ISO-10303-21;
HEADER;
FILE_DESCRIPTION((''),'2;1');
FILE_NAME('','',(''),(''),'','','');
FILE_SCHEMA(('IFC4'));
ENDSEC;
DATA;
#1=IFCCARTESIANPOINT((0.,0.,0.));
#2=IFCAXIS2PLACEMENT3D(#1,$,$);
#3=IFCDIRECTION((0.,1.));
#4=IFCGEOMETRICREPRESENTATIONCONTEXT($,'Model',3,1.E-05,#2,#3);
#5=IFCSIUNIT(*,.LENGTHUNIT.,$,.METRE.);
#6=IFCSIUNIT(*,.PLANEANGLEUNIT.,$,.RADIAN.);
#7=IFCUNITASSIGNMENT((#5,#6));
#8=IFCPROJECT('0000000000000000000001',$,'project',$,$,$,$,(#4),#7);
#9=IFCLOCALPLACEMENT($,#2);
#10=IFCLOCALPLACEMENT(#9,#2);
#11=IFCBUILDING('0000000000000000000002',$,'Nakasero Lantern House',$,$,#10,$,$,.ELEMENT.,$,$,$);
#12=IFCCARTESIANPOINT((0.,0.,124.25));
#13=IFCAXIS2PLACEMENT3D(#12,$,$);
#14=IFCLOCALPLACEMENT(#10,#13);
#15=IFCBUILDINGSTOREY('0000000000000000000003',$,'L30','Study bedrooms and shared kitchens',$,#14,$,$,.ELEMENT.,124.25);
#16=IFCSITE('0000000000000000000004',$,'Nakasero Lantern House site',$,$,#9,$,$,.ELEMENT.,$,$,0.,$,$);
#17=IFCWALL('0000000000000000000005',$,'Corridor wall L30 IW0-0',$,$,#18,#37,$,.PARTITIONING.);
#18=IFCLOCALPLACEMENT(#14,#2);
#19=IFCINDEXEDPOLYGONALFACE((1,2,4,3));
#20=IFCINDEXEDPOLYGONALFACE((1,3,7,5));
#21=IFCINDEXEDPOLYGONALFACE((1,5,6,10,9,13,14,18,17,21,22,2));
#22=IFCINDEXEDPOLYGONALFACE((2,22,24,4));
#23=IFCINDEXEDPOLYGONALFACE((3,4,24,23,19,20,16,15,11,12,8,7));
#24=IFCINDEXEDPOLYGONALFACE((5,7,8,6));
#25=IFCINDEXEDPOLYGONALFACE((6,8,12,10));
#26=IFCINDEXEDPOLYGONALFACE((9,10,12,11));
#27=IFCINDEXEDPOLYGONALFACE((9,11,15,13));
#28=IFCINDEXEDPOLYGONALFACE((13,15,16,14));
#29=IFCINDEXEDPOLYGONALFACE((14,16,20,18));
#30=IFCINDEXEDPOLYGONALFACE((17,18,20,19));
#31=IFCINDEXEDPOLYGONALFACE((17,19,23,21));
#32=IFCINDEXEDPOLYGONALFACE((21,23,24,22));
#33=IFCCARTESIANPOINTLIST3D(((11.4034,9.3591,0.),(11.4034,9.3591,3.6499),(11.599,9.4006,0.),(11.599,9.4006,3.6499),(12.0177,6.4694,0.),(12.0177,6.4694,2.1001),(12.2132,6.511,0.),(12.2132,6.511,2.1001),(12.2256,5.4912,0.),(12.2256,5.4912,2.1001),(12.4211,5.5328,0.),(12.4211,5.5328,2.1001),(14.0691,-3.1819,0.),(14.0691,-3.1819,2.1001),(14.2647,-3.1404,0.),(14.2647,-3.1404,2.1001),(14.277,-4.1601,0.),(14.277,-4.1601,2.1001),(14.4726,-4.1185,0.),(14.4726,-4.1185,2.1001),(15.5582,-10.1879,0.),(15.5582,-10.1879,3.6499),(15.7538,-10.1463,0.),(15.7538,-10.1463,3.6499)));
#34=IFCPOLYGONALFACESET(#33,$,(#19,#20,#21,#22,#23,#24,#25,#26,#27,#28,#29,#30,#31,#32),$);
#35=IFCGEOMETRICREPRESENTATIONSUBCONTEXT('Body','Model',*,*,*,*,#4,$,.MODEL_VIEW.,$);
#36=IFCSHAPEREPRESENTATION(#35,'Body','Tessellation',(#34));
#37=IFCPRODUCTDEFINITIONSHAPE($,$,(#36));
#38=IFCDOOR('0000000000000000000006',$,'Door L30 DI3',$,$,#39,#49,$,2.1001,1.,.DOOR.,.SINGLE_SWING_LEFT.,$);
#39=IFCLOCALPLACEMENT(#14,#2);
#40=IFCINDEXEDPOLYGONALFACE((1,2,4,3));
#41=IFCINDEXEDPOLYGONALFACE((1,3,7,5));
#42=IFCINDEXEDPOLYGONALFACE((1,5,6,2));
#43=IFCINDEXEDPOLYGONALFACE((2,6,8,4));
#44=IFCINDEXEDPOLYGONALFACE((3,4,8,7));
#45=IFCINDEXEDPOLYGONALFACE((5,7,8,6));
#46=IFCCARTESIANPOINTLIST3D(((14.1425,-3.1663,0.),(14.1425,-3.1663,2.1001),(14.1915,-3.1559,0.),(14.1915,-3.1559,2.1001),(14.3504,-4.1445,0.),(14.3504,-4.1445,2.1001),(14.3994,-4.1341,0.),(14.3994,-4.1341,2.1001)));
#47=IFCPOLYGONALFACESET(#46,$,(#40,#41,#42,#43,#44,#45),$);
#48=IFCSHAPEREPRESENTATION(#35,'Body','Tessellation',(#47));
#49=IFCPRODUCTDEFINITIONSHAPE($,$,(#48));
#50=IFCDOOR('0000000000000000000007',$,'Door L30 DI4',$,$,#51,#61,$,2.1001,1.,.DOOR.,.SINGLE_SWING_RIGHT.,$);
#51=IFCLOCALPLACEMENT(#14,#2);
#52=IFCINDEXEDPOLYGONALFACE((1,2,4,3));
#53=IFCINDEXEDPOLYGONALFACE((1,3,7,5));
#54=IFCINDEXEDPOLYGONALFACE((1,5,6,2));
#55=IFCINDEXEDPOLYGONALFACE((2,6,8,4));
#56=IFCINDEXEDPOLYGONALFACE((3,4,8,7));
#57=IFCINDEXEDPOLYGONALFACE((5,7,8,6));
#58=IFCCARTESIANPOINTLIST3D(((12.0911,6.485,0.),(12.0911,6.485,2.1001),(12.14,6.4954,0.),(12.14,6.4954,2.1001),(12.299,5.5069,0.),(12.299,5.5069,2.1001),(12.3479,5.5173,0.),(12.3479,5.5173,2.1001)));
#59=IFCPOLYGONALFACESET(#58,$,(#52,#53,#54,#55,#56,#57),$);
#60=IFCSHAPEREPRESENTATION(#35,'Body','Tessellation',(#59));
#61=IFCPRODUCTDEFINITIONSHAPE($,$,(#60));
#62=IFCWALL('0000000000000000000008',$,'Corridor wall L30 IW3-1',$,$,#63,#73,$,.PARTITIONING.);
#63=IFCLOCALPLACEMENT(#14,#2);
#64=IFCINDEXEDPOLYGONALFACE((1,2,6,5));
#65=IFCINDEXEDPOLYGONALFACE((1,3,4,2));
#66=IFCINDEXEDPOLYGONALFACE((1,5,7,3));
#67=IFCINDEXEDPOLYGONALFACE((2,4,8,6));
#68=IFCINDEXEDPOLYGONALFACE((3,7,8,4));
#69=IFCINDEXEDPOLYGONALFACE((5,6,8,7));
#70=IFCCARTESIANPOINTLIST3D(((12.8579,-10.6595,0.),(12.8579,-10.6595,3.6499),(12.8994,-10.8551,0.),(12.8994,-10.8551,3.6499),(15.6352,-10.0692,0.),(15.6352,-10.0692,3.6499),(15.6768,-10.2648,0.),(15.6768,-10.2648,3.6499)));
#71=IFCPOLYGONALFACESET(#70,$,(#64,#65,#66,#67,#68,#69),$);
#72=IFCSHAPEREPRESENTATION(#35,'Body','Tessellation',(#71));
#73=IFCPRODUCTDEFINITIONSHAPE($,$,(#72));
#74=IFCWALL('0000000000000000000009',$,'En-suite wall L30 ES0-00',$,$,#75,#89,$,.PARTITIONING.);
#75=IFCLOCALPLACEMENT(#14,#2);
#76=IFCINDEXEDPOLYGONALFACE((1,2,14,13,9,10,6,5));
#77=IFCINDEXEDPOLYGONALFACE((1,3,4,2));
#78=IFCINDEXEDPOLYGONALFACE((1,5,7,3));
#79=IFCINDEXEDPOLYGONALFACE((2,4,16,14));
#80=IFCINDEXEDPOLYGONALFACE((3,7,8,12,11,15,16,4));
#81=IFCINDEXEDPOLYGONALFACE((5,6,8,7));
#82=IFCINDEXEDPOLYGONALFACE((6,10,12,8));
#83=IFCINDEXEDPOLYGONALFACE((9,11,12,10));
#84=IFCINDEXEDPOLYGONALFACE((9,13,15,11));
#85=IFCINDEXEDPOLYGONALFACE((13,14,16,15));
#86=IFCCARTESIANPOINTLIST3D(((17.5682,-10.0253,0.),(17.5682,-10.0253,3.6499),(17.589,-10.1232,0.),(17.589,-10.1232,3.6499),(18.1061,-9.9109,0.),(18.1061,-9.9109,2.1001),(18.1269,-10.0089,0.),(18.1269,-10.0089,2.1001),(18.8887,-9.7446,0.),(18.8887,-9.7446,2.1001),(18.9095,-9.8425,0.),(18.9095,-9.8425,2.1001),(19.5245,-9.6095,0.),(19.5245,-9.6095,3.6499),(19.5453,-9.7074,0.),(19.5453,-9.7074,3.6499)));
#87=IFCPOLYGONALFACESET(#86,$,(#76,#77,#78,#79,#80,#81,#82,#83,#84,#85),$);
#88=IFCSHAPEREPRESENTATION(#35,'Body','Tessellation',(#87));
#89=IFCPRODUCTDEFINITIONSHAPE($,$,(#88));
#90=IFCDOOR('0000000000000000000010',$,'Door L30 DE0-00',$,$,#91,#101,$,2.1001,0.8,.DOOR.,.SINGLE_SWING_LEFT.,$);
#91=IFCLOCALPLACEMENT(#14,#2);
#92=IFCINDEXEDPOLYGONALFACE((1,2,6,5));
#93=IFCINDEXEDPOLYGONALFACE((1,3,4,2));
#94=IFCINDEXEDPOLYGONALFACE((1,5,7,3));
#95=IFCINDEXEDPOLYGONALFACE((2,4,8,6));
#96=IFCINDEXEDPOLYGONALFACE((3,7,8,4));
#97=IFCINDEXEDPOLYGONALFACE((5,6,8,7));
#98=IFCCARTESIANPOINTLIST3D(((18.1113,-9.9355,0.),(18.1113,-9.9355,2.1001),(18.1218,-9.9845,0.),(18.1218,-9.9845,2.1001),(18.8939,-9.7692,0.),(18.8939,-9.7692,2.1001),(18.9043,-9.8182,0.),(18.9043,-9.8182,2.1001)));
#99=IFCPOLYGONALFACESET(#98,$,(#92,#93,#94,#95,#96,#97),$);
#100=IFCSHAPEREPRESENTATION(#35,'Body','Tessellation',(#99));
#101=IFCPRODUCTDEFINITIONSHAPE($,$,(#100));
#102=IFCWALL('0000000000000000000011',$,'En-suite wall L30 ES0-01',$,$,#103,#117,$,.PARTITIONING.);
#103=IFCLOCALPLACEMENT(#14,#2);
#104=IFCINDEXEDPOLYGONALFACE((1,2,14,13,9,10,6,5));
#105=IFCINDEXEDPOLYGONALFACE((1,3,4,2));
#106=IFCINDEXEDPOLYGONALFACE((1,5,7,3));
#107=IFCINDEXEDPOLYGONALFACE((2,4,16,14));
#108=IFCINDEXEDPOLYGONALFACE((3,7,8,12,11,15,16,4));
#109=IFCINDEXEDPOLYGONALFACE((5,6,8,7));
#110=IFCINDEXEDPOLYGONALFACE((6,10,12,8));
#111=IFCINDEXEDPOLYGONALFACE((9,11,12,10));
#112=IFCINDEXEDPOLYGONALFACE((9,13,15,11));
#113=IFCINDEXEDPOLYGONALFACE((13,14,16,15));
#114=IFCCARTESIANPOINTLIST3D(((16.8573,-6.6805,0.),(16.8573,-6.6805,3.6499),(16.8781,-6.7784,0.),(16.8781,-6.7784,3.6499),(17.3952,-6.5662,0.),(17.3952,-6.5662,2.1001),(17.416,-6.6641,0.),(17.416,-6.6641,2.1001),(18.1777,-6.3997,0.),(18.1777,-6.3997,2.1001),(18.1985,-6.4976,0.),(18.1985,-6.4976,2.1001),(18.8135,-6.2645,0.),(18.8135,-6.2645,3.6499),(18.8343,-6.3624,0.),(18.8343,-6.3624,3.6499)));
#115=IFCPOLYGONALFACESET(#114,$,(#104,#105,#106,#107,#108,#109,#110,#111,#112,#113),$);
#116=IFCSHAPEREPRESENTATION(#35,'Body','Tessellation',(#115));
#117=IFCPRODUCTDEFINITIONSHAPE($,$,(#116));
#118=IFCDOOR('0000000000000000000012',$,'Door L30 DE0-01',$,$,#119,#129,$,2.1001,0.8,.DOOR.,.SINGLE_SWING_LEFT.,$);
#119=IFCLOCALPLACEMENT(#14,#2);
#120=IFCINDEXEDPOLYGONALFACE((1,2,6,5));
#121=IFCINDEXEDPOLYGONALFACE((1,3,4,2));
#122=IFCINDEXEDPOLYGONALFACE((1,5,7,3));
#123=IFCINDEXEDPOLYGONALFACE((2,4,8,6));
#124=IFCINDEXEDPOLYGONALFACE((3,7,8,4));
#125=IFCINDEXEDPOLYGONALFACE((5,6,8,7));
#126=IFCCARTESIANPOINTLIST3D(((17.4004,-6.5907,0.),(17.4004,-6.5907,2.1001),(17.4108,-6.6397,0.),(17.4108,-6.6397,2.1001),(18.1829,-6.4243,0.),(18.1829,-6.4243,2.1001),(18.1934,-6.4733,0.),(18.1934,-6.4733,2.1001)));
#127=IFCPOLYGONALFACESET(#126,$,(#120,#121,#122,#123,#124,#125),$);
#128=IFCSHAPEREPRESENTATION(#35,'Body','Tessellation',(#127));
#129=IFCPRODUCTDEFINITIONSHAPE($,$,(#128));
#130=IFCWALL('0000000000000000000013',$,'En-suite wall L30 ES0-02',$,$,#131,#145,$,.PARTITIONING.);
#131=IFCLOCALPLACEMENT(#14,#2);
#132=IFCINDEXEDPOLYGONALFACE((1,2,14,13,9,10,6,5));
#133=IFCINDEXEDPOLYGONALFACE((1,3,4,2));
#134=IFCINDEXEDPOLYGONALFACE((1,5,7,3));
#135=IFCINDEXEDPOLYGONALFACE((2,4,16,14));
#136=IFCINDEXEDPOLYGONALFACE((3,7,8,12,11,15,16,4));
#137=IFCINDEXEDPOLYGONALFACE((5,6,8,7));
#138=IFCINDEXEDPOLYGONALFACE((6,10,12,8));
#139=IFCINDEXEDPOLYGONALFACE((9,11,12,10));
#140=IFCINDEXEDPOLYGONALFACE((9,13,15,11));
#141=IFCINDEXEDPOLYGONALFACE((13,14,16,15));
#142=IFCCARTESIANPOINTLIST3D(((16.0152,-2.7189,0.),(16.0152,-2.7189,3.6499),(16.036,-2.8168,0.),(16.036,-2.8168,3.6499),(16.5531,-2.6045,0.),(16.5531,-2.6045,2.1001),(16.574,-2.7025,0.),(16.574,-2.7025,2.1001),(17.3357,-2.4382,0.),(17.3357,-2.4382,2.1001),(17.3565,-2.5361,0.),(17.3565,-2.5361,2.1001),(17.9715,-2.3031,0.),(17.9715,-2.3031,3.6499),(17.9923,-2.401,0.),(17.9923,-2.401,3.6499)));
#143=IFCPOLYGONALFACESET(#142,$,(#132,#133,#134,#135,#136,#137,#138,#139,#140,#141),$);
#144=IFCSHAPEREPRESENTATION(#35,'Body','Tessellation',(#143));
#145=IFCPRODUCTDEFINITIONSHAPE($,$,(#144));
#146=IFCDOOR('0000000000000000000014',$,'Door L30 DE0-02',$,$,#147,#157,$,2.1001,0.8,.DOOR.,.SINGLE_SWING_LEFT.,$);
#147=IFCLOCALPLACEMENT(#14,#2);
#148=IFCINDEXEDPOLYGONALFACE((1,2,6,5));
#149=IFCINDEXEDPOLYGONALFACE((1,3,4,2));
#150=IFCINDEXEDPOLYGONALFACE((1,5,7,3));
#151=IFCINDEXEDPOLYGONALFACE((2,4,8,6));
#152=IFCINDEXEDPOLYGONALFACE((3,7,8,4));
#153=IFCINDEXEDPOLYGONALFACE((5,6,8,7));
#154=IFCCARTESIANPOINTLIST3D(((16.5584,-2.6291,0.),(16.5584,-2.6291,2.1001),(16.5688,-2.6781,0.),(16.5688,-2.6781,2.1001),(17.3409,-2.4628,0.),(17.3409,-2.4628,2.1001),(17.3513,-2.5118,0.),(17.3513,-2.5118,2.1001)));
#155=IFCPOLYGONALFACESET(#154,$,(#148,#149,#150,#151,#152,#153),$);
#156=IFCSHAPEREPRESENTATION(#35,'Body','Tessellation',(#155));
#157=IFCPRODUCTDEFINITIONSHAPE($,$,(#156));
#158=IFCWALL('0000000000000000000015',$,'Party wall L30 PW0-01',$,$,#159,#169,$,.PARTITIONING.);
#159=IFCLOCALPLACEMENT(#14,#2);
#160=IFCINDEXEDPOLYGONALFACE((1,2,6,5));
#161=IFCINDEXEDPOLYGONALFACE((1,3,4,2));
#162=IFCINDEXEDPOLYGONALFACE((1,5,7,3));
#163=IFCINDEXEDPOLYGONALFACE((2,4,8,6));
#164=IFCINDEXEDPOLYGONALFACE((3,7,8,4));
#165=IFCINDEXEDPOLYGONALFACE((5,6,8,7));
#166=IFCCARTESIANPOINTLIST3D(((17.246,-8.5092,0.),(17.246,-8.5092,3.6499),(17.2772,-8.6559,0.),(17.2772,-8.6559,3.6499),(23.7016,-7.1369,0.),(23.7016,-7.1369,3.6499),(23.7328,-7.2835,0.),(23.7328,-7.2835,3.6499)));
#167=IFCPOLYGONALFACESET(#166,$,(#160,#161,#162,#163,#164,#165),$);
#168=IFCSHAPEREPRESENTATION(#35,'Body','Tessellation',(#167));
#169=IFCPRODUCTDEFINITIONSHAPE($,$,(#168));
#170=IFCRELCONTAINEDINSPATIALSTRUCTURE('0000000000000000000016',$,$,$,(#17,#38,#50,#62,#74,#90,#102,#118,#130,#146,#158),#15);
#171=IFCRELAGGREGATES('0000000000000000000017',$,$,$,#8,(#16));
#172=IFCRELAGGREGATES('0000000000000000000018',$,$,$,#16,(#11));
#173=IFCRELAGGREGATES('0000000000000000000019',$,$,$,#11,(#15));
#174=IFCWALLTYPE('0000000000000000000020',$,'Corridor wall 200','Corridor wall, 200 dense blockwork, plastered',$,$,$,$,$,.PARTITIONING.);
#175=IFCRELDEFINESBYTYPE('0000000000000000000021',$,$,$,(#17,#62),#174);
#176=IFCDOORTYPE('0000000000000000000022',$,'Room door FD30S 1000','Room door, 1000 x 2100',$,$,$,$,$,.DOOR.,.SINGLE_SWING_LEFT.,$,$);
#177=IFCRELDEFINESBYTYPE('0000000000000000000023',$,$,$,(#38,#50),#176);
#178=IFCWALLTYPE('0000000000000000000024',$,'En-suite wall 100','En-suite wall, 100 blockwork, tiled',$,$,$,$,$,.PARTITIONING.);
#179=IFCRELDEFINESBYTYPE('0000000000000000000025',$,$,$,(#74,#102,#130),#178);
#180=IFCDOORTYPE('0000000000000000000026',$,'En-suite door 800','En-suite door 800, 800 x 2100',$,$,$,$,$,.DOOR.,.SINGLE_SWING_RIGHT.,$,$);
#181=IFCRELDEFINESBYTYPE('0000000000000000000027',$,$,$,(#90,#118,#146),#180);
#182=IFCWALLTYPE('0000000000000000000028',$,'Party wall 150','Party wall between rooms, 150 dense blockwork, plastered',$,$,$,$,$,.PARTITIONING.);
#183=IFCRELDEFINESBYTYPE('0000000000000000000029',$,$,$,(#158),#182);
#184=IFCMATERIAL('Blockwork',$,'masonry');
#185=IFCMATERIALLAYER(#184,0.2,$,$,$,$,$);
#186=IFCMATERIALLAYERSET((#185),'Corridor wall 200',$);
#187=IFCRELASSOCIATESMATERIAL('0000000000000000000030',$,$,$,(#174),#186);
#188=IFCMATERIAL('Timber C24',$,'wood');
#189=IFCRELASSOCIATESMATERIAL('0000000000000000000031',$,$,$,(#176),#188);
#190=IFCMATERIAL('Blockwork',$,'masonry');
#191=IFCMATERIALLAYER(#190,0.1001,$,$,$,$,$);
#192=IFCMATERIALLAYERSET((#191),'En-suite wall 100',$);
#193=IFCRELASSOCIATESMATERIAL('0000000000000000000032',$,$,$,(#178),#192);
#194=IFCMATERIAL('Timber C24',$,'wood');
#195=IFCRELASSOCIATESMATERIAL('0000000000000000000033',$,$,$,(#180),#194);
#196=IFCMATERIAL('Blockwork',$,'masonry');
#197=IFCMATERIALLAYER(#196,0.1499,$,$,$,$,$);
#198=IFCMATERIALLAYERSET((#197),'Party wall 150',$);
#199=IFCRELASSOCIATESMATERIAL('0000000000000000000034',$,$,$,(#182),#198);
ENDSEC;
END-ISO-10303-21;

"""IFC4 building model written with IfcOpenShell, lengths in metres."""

from ifc_helpers import new_model, si_unit, direction, frame, frame_2d, origin, place, context, subcontext, project, spatial, rectangle, extrude, material, layer, layer_set, type_object, element, fill, save


model = new_model("IFC4")

# Units and contexts
model_context = context("Model", 3, precision=1e-05, world=origin(), true_north=direction((0.0, 1.0)))
body_context = subcontext(model_context, "Body", "Model", "MODEL_VIEW")
ifc_project = project(units=[si_unit("LENGTHUNIT", "METRE"), si_unit("PLANEANGLEUNIT", "RADIAN")], contexts=[model_context])

# Site, building, storey
site_placement = place(None, origin())
site = spatial("IfcSite", under=ifc_project, at=site_placement, Name="Nakasero Lantern House site", CompositionType="ELEMENT", RefElevation=0.0)
building_placement = place(site_placement, origin())
building = spatial("IfcBuilding", under=site, at=building_placement, Name="Nakasero Lantern House", CompositionType="ELEMENT")
storey_placement = place(building_placement, frame((0.0, 0.0, 124.25)))
storey = spatial("IfcBuildingStorey", under=building, at=storey_placement, Name="L30", Description="Study bedrooms and shared kitchens", CompositionType="ELEMENT", Elevation=124.25)

# Wall, openings, doors
ifc_material_1 = material(Name="Blockwork", Category="masonry")
ifc_layer_1 = layer(ifc_material_1, 0.2)
ifc_layer_set_1 = layer_set([ifc_layer_1], Name="Corridor wall 200")
wall_type_1 = type_object("IfcWallType", Name="Corridor wall 200", Description="Corridor wall, 200 dense blockwork, plastered", PredefinedType="PARTITIONING", material=ifc_layer_set_1)
wall_1_placement = place(storey_placement, frame((15.656, -10.167, 0.0), z_axis=(0.0, 0.0, 1.0), x_axis=(-0.20791, 0.978148, 0.0)))
wall_1 = element("IfcWall", 1, at=wall_1_placement, inside=storey, type_object=wall_type_1, Name="Corridor wall L30 IW0-0", PredefinedType="PARTITIONING", context=body_context, shape_type="SweptSolid", body=[
    extrude(rectangle(XDim=19.9836, YDim=0.2, at=frame_2d((9.9917, 0.0))), origin(), (0.0, 0.0, 1.0), 3.6499),
])
opening_1_placement = place(wall_1_placement, frame((6.1624, 0.0, 0.0)))
opening_1 = element("IfcOpeningElement", 2, at=opening_1_placement, cuts=wall_1, PredefinedType="OPENING", context=body_context, shape_type="SweptSolid", body=[
    extrude(rectangle(XDim=1.0, YDim=2.1001, at=frame_2d((0.5, 1.05))), frame((0.0, 0.1199, 0.0), z_axis=(0.0, -1.0, 0.0), x_axis=(1.0, 0.0, 0.0)), (0.0, 0.0, 1.0), 0.24),
])
opening_2_placement = place(wall_1_placement, frame((16.0293, 0.0, 0.0)))
opening_2 = element("IfcOpeningElement", 3, at=opening_2_placement, cuts=wall_1, PredefinedType="OPENING", context=body_context, shape_type="SweptSolid", body=[
    extrude(rectangle(XDim=1.0, YDim=2.1001, at=frame_2d((0.5, 1.05))), frame((0.0, 0.1199, 0.0), z_axis=(0.0, -1.0, 0.0), x_axis=(1.0, 0.0, 0.0)), (0.0, 0.0, 1.0), 0.24),
])
ifc_material_2 = material(Name="Timber C24", Category="wood")
door_type_1 = type_object("IfcDoorType", Name="Room door FD30S 1000", Description="Room door, 1000 x 2100", OperationType="SINGLE_SWING_LEFT", PredefinedType="DOOR", material=ifc_material_2)
door_1_placement = place(opening_1_placement, origin())
door_1 = element("IfcDoor", 4, at=door_1_placement, inside=storey, type_object=door_type_1, Name="Door L30 DI3", OperationType="SINGLE_SWING_LEFT", OverallHeight=2.1001, OverallWidth=1.0, PredefinedType="DOOR", context=body_context, shape_type="SweptSolid", body=[
    extrude(rectangle(XDim=1.0, YDim=2.1001, at=frame_2d((0.5, 1.05))), frame((0.0, 0.0249, 0.0), z_axis=(0.0, -1.0, 0.0), x_axis=(1.0, 0.0, 0.0)), (0.0, 0.0, 1.0), 0.05),
])
fill(opening_1, door_1)
door_2_placement = place(opening_2_placement, origin())
door_2 = element("IfcDoor", 5, at=door_2_placement, inside=storey, type_object=door_type_1, Name="Door L30 DI4", OperationType="SINGLE_SWING_RIGHT", OverallHeight=2.1001, OverallWidth=1.0, PredefinedType="DOOR", context=body_context, shape_type="SweptSolid", body=[
    extrude(rectangle(XDim=1.0, YDim=2.1001, at=frame_2d((0.5, 1.05))), frame((0.0, 0.0249, 0.0), z_axis=(0.0, -1.0, 0.0), x_axis=(1.0, 0.0, 0.0)), (0.0, 0.0, 1.0), 0.05),
])
fill(opening_2, door_2)

# Wall
wall_2_placement = place(storey_placement, frame((12.8787, -10.7573, 0.0), z_axis=(0.0, 0.0, 1.0), x_axis=(0.978148, 0.207908, 0.0)))
element("IfcWall", 6, at=wall_2_placement, inside=storey, type_object=wall_type_1, Name="Corridor wall L30 IW3-1", PredefinedType="PARTITIONING", context=body_context, shape_type="SweptSolid", body=[
    extrude(rectangle(XDim=2.8394, YDim=0.2, at=frame_2d((1.4197, 0.0))), origin(), (0.0, 0.0, 1.0), 3.6499),
])

# Walls, openings, doors
ifc_material_3 = material(Name="Blockwork", Category="masonry")
ifc_layer_2 = layer(ifc_material_3, 0.1001)
ifc_layer_set_2 = layer_set([ifc_layer_2], Name="En-suite wall 100")
wall_type_2 = type_object("IfcWallType", Name="En-suite wall 100", Description="En-suite wall, 100 blockwork, tiled", PredefinedType="PARTITIONING", material=ifc_layer_set_2)
wall_3_placement = place(storey_placement, frame((17.5786, -10.0742, 0.0), z_axis=(0.0, 0.0, 1.0), x_axis=(0.978153, 0.207886, 0.0)))
wall_3 = element("IfcWall", 7, at=wall_3_placement, inside=storey, type_object=wall_type_2, Name="En-suite wall L30 ES0-00", PredefinedType="PARTITIONING", context=body_context, shape_type="SweptSolid", body=[
    extrude(rectangle(XDim=2.0, YDim=0.1001, at=frame_2d((1.0, 0.0))), origin(), (0.0, 0.0, 1.0), 3.6499),
])
opening_3_placement = place(wall_3_placement, frame((0.55, 0.0, 0.0)))
opening_3 = element("IfcOpeningElement", 8, at=opening_3_placement, cuts=wall_3, PredefinedType="OPENING", context=body_context, shape_type="SweptSolid", body=[
    extrude(rectangle(XDim=0.8, YDim=2.1001, at=frame_2d((0.3999, 1.05))), frame((0.0, 0.0701, 0.0), z_axis=(0.0, -1.0, 0.0), x_axis=(1.0, 0.0, 0.0)), (0.0, 0.0, 1.0), 0.1401),
])
ifc_material_4 = material(Name="Timber C24", Category="wood")
door_type_2 = type_object("IfcDoorType", Name="En-suite door 800", Description="En-suite door 800, 800 x 2100", OperationType="SINGLE_SWING_RIGHT", PredefinedType="DOOR", material=ifc_material_4)
door_3_placement = place(opening_3_placement, origin())
door_3 = element("IfcDoor", 9, at=door_3_placement, inside=storey, type_object=door_type_2, Name="Door L30 DE0-00", OperationType="SINGLE_SWING_LEFT", OverallHeight=2.1001, OverallWidth=0.8, PredefinedType="DOOR", context=body_context, shape_type="SweptSolid", body=[
    extrude(rectangle(XDim=0.8, YDim=2.1001, at=frame_2d((0.3999, 1.05))), frame((0.0, 0.0249, 0.0), z_axis=(0.0, -1.0, 0.0), x_axis=(1.0, 0.0, 0.0)), (0.0, 0.0, 1.0), 0.05),
])
fill(opening_3, door_3)
wall_4_placement = place(storey_placement, frame((16.8677, -6.7295, 0.0), z_axis=(0.0, 0.0, 1.0), x_axis=(0.978128, 0.208003, 0.0)))
wall_4 = element("IfcWall", 10, at=wall_4_placement, inside=storey, type_object=wall_type_2, Name="En-suite wall L30 ES0-01", PredefinedType="PARTITIONING", context=body_context, shape_type="SweptSolid", body=[
    extrude(rectangle(XDim=2.0, YDim=0.1001, at=frame_2d((1.0, 0.0))), origin(), (0.0, 0.0, 1.0), 3.6499),
])
opening_4_placement = place(wall_4_placement, frame((0.55, 0.0, 0.0)))
opening_4 = element("IfcOpeningElement", 11, at=opening_4_placement, cuts=wall_4, PredefinedType="OPENING", context=body_context, shape_type="SweptSolid", body=[
    extrude(rectangle(XDim=0.8, YDim=2.1001, at=frame_2d((0.3999, 1.05))), frame((0.0, 0.0701, 0.0), z_axis=(0.0, -1.0, 0.0), x_axis=(1.0, 0.0, 0.0)), (0.0, 0.0, 1.0), 0.1401),
])
door_4_placement = place(opening_4_placement, origin())
door_4 = element("IfcDoor", 12, at=door_4_placement, inside=storey, type_object=door_type_2, Name="Door L30 DE0-01", OperationType="SINGLE_SWING_LEFT", OverallHeight=2.1001, OverallWidth=0.8, PredefinedType="DOOR", context=body_context, shape_type="SweptSolid", body=[
    extrude(rectangle(XDim=0.8, YDim=2.1001, at=frame_2d((0.3999, 1.05))), frame((0.0, 0.0249, 0.0), z_axis=(0.0, -1.0, 0.0), x_axis=(1.0, 0.0, 0.0)), (0.0, 0.0, 1.0), 0.05),
])
fill(opening_4, door_4)
wall_5_placement = place(storey_placement, frame((16.0256, -2.7678, 0.0), z_axis=(0.0, 0.0, 1.0), x_axis=(0.978153, 0.207886, 0.0)))
wall_5 = element("IfcWall", 13, at=wall_5_placement, inside=storey, type_object=wall_type_2, Name="En-suite wall L30 ES0-02", PredefinedType="PARTITIONING", context=body_context, shape_type="SweptSolid", body=[
    extrude(rectangle(XDim=2.0, YDim=0.1001, at=frame_2d((1.0, 0.0))), origin(), (0.0, 0.0, 1.0), 3.6499),
])
opening_5_placement = place(wall_5_placement, frame((0.55, 0.0, 0.0)))
opening_5 = element("IfcOpeningElement", 14, at=opening_5_placement, cuts=wall_5, PredefinedType="OPENING", context=body_context, shape_type="SweptSolid", body=[
    extrude(rectangle(XDim=0.8, YDim=2.1001, at=frame_2d((0.3999, 1.05))), frame((0.0, 0.0701, 0.0), z_axis=(0.0, -1.0, 0.0), x_axis=(1.0, 0.0, 0.0)), (0.0, 0.0, 1.0), 0.1401),
])
door_5_placement = place(opening_5_placement, origin())
door_5 = element("IfcDoor", 15, at=door_5_placement, inside=storey, type_object=door_type_2, Name="Door L30 DE0-02", OperationType="SINGLE_SWING_LEFT", OverallHeight=2.1001, OverallWidth=0.8, PredefinedType="DOOR", context=body_context, shape_type="SweptSolid", body=[
    extrude(rectangle(XDim=0.8, YDim=2.1001, at=frame_2d((0.3999, 1.05))), frame((0.0, 0.0249, 0.0), z_axis=(0.0, -1.0, 0.0), x_axis=(1.0, 0.0, 0.0)), (0.0, 0.0, 1.0), 0.05),
])
fill(opening_5, door_5)

# Wall
ifc_material_5 = material(Name="Blockwork", Category="masonry")
ifc_layer_3 = layer(ifc_material_5, 0.1499)
ifc_layer_set_3 = layer_set([ifc_layer_3], Name="Party wall 150")
wall_type_3 = type_object("IfcWallType", Name="Party wall 150", Description="Party wall between rooms, 150 dense blockwork, plastered", PredefinedType="PARTITIONING", material=ifc_layer_set_3)
wall_6_placement = place(storey_placement, frame((17.2617, -8.5825, 0.0), z_axis=(0.0, 0.0, 1.0), x_axis=(0.978143, 0.207932, 0.0)))
element("IfcWall", 16, at=wall_6_placement, inside=storey, type_object=wall_type_3, Name="Party wall L30 PW0-01", PredefinedType="PARTITIONING", context=body_context, shape_type="SweptSolid", body=[
    extrude(rectangle(XDim=6.5999, YDim=0.1499, at=frame_2d((3.2998, 0.0))), origin(), (0.0, 0.0, 1.0), 3.6499),
])

save(model, "model.ifc")
